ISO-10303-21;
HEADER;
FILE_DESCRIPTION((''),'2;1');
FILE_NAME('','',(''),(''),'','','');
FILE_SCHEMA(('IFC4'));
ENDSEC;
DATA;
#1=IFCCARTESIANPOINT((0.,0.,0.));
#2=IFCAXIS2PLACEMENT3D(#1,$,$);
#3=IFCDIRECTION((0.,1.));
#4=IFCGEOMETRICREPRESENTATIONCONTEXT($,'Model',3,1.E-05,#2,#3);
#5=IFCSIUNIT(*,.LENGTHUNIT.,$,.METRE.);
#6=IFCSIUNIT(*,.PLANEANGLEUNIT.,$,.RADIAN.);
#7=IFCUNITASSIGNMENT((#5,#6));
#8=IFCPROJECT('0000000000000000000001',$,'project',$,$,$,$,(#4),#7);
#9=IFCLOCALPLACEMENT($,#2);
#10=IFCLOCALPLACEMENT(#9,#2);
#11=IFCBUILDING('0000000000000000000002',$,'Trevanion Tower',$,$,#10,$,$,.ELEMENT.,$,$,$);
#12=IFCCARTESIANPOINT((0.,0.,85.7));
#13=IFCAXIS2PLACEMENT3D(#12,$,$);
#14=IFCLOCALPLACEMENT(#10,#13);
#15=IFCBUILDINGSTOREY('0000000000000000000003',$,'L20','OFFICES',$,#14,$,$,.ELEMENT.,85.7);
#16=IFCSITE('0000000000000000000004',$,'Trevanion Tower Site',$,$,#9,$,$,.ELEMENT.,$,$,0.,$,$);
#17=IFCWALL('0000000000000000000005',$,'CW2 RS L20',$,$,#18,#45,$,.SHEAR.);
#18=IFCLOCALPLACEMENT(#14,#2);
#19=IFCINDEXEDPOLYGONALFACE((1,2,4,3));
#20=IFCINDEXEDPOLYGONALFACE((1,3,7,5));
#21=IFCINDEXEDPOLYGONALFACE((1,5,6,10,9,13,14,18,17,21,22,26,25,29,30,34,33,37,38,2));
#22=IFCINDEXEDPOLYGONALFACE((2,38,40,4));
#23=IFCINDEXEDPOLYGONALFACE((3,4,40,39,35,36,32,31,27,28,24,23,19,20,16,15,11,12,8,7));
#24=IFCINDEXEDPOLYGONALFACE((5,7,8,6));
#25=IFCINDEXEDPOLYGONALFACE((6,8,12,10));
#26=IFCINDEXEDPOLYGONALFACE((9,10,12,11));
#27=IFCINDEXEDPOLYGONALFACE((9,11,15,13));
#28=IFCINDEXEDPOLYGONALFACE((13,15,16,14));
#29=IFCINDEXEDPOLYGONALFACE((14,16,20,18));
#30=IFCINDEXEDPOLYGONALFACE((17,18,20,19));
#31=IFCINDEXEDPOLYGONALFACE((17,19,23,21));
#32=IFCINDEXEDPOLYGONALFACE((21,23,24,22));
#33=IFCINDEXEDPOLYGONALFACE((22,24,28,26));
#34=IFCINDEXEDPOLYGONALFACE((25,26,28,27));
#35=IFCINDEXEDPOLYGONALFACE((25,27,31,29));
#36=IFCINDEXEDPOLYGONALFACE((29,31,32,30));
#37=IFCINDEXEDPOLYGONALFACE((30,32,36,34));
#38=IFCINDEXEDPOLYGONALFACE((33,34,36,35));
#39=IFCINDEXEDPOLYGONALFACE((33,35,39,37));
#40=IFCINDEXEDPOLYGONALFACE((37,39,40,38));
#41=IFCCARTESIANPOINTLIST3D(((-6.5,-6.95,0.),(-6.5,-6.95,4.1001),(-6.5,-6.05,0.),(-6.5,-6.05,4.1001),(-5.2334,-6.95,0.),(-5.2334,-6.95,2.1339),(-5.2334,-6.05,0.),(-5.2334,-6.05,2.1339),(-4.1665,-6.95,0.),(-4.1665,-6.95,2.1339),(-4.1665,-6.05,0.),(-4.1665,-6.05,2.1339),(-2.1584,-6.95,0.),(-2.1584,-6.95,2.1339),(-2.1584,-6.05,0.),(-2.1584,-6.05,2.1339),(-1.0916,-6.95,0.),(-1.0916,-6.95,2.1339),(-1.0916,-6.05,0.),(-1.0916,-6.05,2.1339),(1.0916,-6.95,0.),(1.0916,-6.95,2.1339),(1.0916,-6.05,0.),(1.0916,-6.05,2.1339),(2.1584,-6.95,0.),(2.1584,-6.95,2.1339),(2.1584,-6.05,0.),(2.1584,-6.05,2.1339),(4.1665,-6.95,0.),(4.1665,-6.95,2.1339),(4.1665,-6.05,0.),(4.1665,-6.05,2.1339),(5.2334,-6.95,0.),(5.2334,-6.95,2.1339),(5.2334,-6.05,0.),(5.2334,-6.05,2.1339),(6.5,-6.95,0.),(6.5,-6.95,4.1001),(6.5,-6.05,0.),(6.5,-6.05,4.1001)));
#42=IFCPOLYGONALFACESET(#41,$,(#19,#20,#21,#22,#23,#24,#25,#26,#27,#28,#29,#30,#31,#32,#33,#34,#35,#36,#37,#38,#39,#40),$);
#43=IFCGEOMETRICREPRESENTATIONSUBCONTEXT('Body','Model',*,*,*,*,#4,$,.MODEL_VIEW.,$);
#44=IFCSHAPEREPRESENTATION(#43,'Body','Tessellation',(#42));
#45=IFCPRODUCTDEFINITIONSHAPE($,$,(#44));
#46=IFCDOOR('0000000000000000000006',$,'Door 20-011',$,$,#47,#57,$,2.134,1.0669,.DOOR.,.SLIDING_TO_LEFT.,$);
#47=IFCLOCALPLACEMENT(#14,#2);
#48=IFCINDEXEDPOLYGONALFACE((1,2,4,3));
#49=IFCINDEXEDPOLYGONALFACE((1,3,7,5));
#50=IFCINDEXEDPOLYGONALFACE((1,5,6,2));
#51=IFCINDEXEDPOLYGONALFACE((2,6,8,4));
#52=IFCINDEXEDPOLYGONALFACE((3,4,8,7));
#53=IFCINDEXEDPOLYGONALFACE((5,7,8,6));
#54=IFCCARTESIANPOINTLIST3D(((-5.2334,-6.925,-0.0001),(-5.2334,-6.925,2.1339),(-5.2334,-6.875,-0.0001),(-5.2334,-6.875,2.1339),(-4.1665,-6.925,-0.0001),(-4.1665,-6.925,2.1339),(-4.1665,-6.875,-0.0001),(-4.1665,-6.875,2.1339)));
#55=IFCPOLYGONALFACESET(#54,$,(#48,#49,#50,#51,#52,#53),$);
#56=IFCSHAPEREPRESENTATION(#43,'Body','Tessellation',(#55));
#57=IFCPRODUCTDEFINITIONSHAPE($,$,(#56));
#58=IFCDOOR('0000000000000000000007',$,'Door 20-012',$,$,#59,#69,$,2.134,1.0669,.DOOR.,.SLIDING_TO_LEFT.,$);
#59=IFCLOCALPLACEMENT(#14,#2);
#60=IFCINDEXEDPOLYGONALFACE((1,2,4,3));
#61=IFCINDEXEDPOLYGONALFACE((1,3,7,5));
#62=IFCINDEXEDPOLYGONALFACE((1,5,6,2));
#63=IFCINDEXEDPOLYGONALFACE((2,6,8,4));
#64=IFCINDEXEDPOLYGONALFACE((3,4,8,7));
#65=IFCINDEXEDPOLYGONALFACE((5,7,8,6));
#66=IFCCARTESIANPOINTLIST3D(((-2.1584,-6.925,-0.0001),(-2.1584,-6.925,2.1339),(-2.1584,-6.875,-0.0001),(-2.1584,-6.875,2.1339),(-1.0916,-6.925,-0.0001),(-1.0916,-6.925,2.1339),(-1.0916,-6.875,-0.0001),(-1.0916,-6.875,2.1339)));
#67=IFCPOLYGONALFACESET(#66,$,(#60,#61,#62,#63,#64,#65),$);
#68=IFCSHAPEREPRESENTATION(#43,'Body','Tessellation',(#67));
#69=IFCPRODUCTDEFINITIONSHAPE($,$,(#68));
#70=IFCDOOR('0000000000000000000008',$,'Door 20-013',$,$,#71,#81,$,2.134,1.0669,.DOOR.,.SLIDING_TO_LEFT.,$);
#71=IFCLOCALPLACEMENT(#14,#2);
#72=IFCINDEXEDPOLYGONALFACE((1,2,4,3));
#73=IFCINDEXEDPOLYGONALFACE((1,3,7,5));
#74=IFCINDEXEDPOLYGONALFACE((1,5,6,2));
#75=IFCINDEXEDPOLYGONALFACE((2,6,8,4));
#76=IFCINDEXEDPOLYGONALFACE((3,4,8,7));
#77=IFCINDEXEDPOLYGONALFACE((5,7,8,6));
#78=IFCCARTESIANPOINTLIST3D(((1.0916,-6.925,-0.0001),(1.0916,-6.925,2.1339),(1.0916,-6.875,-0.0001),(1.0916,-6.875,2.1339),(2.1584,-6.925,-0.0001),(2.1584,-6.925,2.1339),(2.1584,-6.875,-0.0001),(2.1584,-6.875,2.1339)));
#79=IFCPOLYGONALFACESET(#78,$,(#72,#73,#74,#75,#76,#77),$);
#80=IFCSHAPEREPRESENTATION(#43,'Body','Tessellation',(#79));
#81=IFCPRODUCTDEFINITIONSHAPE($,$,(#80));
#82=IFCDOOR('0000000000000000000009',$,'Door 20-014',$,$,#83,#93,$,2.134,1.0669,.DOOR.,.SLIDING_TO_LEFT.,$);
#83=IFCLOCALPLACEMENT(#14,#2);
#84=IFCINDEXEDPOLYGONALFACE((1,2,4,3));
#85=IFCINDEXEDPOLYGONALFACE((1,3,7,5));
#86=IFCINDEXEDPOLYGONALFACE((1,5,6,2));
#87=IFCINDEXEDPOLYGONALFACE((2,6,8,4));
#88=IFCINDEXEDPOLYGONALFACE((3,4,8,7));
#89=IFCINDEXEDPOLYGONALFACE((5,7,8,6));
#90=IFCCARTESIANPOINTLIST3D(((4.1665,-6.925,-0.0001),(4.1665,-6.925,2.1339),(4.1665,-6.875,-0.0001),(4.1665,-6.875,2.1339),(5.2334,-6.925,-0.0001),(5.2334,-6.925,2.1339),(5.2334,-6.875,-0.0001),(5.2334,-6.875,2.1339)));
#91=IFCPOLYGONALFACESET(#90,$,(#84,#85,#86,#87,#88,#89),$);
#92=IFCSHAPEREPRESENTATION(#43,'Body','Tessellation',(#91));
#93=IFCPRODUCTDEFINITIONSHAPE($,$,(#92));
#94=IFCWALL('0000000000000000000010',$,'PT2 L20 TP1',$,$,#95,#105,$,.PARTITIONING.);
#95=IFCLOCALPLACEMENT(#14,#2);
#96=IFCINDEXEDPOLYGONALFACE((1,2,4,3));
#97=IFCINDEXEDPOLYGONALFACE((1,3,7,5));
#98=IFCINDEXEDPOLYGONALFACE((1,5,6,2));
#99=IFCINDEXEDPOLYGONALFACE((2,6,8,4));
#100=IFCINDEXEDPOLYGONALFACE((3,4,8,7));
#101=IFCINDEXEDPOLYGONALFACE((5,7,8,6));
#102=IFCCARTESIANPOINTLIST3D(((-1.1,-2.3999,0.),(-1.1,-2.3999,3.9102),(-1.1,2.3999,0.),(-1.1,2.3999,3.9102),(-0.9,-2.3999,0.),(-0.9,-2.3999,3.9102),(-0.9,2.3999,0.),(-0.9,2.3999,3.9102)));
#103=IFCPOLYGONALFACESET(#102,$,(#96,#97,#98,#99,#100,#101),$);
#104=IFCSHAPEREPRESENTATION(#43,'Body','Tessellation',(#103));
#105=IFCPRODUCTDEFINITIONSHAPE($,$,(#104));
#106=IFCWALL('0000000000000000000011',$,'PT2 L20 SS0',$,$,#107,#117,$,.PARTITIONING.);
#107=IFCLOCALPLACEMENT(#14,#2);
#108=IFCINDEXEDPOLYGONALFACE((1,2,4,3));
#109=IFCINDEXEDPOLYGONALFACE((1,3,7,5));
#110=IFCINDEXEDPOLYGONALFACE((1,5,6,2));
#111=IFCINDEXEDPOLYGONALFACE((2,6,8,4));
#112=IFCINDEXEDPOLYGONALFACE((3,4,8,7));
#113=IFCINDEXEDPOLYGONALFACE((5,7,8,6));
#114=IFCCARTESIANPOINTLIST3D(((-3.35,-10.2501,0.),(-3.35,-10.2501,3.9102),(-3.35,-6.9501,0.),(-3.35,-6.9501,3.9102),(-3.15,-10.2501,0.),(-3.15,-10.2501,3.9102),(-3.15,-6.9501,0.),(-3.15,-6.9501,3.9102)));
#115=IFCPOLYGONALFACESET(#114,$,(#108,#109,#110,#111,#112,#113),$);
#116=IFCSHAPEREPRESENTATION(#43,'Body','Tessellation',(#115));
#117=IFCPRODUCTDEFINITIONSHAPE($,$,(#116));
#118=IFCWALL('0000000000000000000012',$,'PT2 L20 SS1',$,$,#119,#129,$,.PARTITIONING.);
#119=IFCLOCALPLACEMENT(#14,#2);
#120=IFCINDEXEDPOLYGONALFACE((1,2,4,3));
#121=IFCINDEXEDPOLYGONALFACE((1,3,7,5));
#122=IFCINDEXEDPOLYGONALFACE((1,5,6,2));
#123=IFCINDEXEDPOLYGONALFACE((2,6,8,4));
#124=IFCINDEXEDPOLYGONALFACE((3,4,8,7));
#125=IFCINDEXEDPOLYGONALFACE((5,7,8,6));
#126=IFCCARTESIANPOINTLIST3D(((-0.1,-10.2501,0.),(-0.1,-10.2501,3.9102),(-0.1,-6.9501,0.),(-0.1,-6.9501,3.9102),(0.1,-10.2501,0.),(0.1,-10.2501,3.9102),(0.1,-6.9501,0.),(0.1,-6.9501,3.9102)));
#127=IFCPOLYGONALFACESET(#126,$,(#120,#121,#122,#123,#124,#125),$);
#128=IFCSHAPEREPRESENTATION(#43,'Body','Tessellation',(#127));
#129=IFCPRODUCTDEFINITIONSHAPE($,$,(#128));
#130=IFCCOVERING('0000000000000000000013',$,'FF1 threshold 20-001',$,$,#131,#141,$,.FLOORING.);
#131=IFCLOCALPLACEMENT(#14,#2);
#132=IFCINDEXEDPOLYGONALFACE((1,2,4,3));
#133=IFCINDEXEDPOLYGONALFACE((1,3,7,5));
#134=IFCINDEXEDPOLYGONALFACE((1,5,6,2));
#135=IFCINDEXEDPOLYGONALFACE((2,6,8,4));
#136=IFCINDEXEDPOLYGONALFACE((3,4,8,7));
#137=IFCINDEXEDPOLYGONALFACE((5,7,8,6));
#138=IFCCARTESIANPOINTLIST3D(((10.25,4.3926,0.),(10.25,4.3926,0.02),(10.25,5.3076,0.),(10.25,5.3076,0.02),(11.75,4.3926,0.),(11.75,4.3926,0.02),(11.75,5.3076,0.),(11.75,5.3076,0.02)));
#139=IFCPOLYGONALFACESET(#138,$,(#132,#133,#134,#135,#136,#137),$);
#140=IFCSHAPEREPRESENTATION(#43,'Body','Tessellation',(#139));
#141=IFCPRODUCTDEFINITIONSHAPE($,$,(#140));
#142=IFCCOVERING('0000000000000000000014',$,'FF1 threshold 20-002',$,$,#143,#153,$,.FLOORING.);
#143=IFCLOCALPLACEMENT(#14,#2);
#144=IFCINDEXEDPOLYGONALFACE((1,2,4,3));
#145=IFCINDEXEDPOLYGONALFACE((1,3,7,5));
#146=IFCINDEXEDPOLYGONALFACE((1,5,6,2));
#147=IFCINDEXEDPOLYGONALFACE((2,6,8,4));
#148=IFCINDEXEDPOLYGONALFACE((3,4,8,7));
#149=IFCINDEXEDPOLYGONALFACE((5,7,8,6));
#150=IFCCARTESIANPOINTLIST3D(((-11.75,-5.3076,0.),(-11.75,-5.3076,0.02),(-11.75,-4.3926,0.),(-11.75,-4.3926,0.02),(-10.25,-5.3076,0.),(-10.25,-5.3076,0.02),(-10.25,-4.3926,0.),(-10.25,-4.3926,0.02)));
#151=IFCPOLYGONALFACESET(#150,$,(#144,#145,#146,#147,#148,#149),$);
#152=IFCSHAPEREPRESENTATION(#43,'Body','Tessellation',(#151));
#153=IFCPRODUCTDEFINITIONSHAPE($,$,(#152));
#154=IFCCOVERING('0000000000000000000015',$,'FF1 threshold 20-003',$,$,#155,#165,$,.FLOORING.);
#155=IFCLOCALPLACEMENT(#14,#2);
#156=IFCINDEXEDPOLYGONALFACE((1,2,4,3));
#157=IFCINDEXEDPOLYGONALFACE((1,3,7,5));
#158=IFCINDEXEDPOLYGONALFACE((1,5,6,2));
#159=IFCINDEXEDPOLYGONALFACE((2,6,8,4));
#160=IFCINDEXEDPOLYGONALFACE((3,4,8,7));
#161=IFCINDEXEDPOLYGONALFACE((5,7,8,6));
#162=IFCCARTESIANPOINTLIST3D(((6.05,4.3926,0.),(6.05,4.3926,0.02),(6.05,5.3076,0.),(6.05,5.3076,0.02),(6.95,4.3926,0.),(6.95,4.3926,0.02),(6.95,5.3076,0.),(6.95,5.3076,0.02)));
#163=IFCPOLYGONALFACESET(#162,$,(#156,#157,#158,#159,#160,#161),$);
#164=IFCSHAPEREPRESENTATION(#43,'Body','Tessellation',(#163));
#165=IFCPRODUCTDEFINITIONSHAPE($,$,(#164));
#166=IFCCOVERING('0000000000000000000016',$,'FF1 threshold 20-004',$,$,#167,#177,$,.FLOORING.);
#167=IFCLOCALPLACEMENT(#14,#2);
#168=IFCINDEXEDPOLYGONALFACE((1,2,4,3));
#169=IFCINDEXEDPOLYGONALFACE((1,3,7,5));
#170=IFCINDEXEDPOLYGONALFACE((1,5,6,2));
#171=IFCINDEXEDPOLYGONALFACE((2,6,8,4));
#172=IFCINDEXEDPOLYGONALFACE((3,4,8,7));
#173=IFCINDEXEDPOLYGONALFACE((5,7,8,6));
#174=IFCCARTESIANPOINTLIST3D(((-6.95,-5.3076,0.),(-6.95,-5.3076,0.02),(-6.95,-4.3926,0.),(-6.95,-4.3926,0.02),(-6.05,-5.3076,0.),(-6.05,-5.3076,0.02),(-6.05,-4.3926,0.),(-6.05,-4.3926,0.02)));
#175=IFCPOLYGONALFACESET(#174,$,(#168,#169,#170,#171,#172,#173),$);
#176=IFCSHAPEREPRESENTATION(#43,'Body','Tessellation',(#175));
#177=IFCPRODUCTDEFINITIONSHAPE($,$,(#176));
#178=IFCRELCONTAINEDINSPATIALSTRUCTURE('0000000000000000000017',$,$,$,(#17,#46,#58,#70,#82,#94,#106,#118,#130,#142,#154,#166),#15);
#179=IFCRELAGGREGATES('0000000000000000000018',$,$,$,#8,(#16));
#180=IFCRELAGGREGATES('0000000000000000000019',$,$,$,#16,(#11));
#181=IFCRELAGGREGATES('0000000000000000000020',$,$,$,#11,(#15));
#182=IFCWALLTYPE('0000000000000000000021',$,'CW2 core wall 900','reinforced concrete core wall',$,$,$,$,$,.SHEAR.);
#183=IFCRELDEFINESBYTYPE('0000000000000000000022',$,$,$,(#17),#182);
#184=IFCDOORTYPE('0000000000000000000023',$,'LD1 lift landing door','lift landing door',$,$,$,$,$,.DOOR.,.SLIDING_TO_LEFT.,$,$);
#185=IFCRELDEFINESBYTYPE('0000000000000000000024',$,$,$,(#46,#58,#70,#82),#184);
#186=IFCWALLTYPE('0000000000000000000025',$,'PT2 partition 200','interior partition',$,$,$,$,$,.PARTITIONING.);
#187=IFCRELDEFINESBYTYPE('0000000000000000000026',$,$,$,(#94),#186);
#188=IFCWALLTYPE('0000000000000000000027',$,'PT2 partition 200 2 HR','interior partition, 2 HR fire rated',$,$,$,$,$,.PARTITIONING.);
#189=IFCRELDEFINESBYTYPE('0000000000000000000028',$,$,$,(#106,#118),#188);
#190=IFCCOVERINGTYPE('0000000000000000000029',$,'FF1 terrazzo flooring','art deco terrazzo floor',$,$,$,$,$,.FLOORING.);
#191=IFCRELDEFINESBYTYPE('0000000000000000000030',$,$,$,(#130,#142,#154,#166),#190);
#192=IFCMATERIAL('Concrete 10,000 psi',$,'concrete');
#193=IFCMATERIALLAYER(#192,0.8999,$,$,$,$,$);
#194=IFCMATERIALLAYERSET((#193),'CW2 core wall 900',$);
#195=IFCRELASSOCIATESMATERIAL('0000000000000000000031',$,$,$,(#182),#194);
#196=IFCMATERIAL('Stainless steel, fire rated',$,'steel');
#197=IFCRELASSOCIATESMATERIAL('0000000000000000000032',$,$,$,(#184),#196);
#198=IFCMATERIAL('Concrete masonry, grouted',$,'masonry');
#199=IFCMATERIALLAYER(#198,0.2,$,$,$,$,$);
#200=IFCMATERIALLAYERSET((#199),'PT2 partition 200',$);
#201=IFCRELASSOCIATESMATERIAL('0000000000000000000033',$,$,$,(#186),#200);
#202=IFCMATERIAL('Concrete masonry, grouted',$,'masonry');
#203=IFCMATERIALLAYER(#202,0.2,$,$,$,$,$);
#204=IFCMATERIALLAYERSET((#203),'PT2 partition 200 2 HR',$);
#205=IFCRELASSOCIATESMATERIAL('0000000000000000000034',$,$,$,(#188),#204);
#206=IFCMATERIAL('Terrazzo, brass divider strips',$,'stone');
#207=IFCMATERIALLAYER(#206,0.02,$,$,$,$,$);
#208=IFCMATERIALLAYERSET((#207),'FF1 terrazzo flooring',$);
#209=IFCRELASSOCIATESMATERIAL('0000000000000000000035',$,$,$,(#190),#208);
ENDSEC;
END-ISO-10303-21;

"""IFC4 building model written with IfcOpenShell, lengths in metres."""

from ifc_helpers import new_model, si_unit, direction, frame, frame_2d, origin, place, context, subcontext, project, spatial, polyline, rectangle, outline, extrude, material, layer, layer_set, type_object, element, fill, save


model = new_model("IFC4")

# Units and contexts
model_context = context("Model", 3, precision=1e-05, world=origin(), true_north=direction((0.0, 1.0)))
body_context = subcontext(model_context, "Body", "Model", "MODEL_VIEW")
ifc_project = project(units=[si_unit("LENGTHUNIT", "METRE"), si_unit("PLANEANGLEUNIT", "RADIAN")], contexts=[model_context])

# Site, building, storey
site_placement = place(None, origin())
site = spatial("IfcSite", under=ifc_project, at=site_placement, Name="Trevanion Tower Site", CompositionType="ELEMENT", RefElevation=0.0)
building_placement = place(site_placement, origin())
building = spatial("IfcBuilding", under=site, at=building_placement, Name="Trevanion Tower", CompositionType="ELEMENT")
storey_placement = place(building_placement, frame((0.0, 0.0, 85.7)))
storey = spatial("IfcBuildingStorey", under=building, at=storey_placement, Name="L20", Description="OFFICES", CompositionType="ELEMENT", Elevation=85.7)

# Wall, openings, doors
ifc_material_1 = material(Name="Concrete 10,000 psi", Category="concrete")
ifc_layer_1 = layer(ifc_material_1, 0.8999)
ifc_layer_set_1 = layer_set([ifc_layer_1], Name="CW2 core wall 900")
wall_type_1 = type_object("IfcWallType", Name="CW2 core wall 900", Description="reinforced concrete core wall", PredefinedType="SHEAR", material=ifc_layer_set_1)
wall_1_placement = place(storey_placement, frame((-6.5, -6.5, 0.0), z_axis=(0.0, 0.0, 1.0), x_axis=(1.0, 0.0, 0.0)))
wall_1 = element("IfcWall", 1, at=wall_1_placement, inside=storey, type_object=wall_type_1, Name="CW2 RS L20", PredefinedType="SHEAR", context=body_context, shape_type="SweptSolid", body=[
    extrude(rectangle(XDim=13.0, YDim=0.8999, at=frame_2d((6.5, 0.0))), origin(), (0.0, 0.0, 1.0), 4.1001),
])
opening_1_placement = place(wall_1_placement, frame((1.2666, 0.0, 0.0)))
opening_1 = element("IfcOpeningElement", 2, at=opening_1_placement, cuts=wall_1, PredefinedType="OPENING", context=body_context, shape_type="SweptSolid", body=[
    extrude(rectangle(XDim=1.0669, YDim=2.134, at=frame_2d((0.5334, 1.0669))), frame((0.0, 0.46, 0.0), z_axis=(0.0, -1.0, 0.0), x_axis=(1.0, 0.0, 0.0)), (0.0, 0.0, 1.0), 0.9199),
])
opening_2_placement = place(wall_1_placement, frame((4.3416, 0.0, 0.0)))
opening_2 = element("IfcOpeningElement", 3, at=opening_2_placement, cuts=wall_1, PredefinedType="OPENING", context=body_context, shape_type="SweptSolid", body=[
    extrude(rectangle(XDim=1.0669, YDim=2.134, at=frame_2d((0.5334, 1.0669))), frame((0.0, 0.46, 0.0), z_axis=(0.0, -1.0, 0.0), x_axis=(1.0, 0.0, 0.0)), (0.0, 0.0, 1.0), 0.9199),
])
opening_3_placement = place(wall_1_placement, frame((7.5916, 0.0, 0.0)))
opening_3 = element("IfcOpeningElement", 4, at=opening_3_placement, cuts=wall_1, PredefinedType="OPENING", context=body_context, shape_type="SweptSolid", body=[
    extrude(rectangle(XDim=1.0669, YDim=2.134, at=frame_2d((0.5334, 1.0669))), frame((0.0, 0.46, 0.0), z_axis=(0.0, -1.0, 0.0), x_axis=(1.0, 0.0, 0.0)), (0.0, 0.0, 1.0), 0.9199),
])
opening_4_placement = place(wall_1_placement, frame((10.6665, 0.0, 0.0)))
opening_4 = element("IfcOpeningElement", 5, at=opening_4_placement, cuts=wall_1, PredefinedType="OPENING", context=body_context, shape_type="SweptSolid", body=[
    extrude(rectangle(XDim=1.0669, YDim=2.134, at=frame_2d((0.5334, 1.0669))), frame((0.0, 0.46, 0.0), z_axis=(0.0, -1.0, 0.0), x_axis=(1.0, 0.0, 0.0)), (0.0, 0.0, 1.0), 0.9199),
])
ifc_material_2 = material(Name="Stainless steel, fire rated", Category="steel")
door_type = type_object("IfcDoorType", Name="LD1 lift landing door", Description="lift landing door", OperationType="SLIDING_TO_LEFT", PredefinedType="DOOR", material=ifc_material_2)
door_1_placement = place(opening_1_placement, origin())
door_1 = element("IfcDoor", 6, at=door_1_placement, inside=storey, type_object=door_type, Name="Door 20-011", OperationType="SLIDING_TO_LEFT", OverallHeight=2.134, OverallWidth=1.0669, PredefinedType="DOOR", context=body_context, shape_type="SweptSolid", body=[
    extrude(rectangle(XDim=1.0669, YDim=2.134, at=frame_2d((0.5334, 1.0669))), frame((0.0, -0.375, 0.0), z_axis=(0.0, -1.0, 0.0), x_axis=(1.0, 0.0, 0.0)), (0.0, 0.0, 1.0), 0.05),
])
fill(opening_1, door_1)
door_2_placement = place(opening_2_placement, origin())
door_2 = element("IfcDoor", 7, at=door_2_placement, inside=storey, type_object=door_type, Name="Door 20-012", OperationType="SLIDING_TO_LEFT", OverallHeight=2.134, OverallWidth=1.0669, PredefinedType="DOOR", context=body_context, shape_type="SweptSolid", body=[
    extrude(rectangle(XDim=1.0669, YDim=2.134, at=frame_2d((0.5334, 1.0669))), frame((0.0, -0.375, 0.0), z_axis=(0.0, -1.0, 0.0), x_axis=(1.0, 0.0, 0.0)), (0.0, 0.0, 1.0), 0.05),
])
fill(opening_2, door_2)
door_3_placement = place(opening_3_placement, origin())
door_3 = element("IfcDoor", 8, at=door_3_placement, inside=storey, type_object=door_type, Name="Door 20-013", OperationType="SLIDING_TO_LEFT", OverallHeight=2.134, OverallWidth=1.0669, PredefinedType="DOOR", context=body_context, shape_type="SweptSolid", body=[
    extrude(rectangle(XDim=1.0669, YDim=2.134, at=frame_2d((0.5334, 1.0669))), frame((0.0, -0.375, 0.0), z_axis=(0.0, -1.0, 0.0), x_axis=(1.0, 0.0, 0.0)), (0.0, 0.0, 1.0), 0.05),
])
fill(opening_3, door_3)
door_4_placement = place(opening_4_placement, origin())
door_4 = element("IfcDoor", 9, at=door_4_placement, inside=storey, type_object=door_type, Name="Door 20-014", OperationType="SLIDING_TO_LEFT", OverallHeight=2.134, OverallWidth=1.0669, PredefinedType="DOOR", context=body_context, shape_type="SweptSolid", body=[
    extrude(rectangle(XDim=1.0669, YDim=2.134, at=frame_2d((0.5334, 1.0669))), frame((0.0, -0.375, 0.0), z_axis=(0.0, -1.0, 0.0), x_axis=(1.0, 0.0, 0.0)), (0.0, 0.0, 1.0), 0.05),
])
fill(opening_4, door_4)

# Walls
ifc_material_3 = material(Name="Concrete masonry, grouted", Category="masonry")
ifc_layer_2 = layer(ifc_material_3, 0.2)
ifc_layer_set_2 = layer_set([ifc_layer_2], Name="PT2 partition 200")
wall_type_2 = type_object("IfcWallType", Name="PT2 partition 200", Description="interior partition", PredefinedType="PARTITIONING", material=ifc_layer_set_2)
wall_2_placement = place(storey_placement, frame((-1.0, -2.3999, 0.0), z_axis=(0.0, 0.0, 1.0), x_axis=(0.0, 1.0, 0.0)))
element("IfcWall", 10, at=wall_2_placement, inside=storey, type_object=wall_type_2, Name="PT2 L20 TP1", PredefinedType="PARTITIONING", context=body_context, shape_type="SweptSolid", body=[
    extrude(rectangle(XDim=4.7998, YDim=0.2, at=frame_2d((2.3999, 0.0))), origin(), (0.0, 0.0, 1.0), 3.9102),
])
ifc_material_4 = material(Name="Concrete masonry, grouted", Category="masonry")
ifc_layer_3 = layer(ifc_material_4, 0.2)
ifc_layer_set_3 = layer_set([ifc_layer_3], Name="PT2 partition 200 2 HR")
wall_type_3 = type_object("IfcWallType", Name="PT2 partition 200 2 HR", Description="interior partition, 2 HR fire rated", PredefinedType="PARTITIONING", material=ifc_layer_set_3)
for number, where, z_axis, x_axis, name in (
    (11, (-3.25, -10.25, 0.0), (0.0, 0.0, 1.0), (0.0, 1.0, 0.0), "PT2 L20 SS0"),
    (12, (0.0, -10.25, 0.0), (0.0, 0.0, 1.0), (0.0, 1.0, 0.0), "PT2 L20 SS1"),
):
    element("IfcWall", number, at=place(storey_placement, frame(where, z_axis=z_axis, x_axis=x_axis)), inside=storey, type_object=wall_type_3, Name=name, PredefinedType="PARTITIONING", context=body_context, shape_type="SweptSolid", body=[
        extrude(rectangle(XDim=3.3, YDim=0.2, at=frame_2d((1.6499, 0.0))), origin(), (0.0, 0.0, 1.0), 3.9102),
    ])

# Coverings
ifc_material_5 = material(Name="Terrazzo, brass divider strips", Category="stone")
ifc_layer_4 = layer(ifc_material_5, 0.02)
ifc_layer_set_4 = layer_set([ifc_layer_4], Name="FF1 terrazzo flooring")
covering_type = type_object("IfcCoveringType", Name="FF1 terrazzo flooring", Description="art deco terrazzo floor", PredefinedType="FLOORING", material=ifc_layer_set_4)
covering_1_placement = place(storey_placement, origin())
element("IfcCovering", 13, at=covering_1_placement, inside=storey, type_object=covering_type, Name="FF1 threshold 20-001", PredefinedType="FLOORING", context=body_context, shape_type="SweptSolid", body=[
    extrude(outline(polyline([(11.75, 4.3926), (11.75, 5.3076), (10.25, 5.3076), (10.25, 4.3926), (11.75, 4.3926)])), origin(), (0.0, 0.0, 1.0), 0.02),
])
covering_2_placement = place(storey_placement, origin())
element("IfcCovering", 14, at=covering_2_placement, inside=storey, type_object=covering_type, Name="FF1 threshold 20-002", PredefinedType="FLOORING", context=body_context, shape_type="SweptSolid", body=[
    extrude(outline(polyline([(-11.75, -4.3926), (-11.75, -5.3076), (-10.25, -5.3076), (-10.25, -4.3926), (-11.75, -4.3926)])), origin(), (0.0, 0.0, 1.0), 0.02),
])
covering_3_placement = place(storey_placement, origin())
element("IfcCovering", 15, at=covering_3_placement, inside=storey, type_object=covering_type, Name="FF1 threshold 20-003", PredefinedType="FLOORING", context=body_context, shape_type="SweptSolid", body=[
    extrude(outline(polyline([(6.95, 4.3926), (6.95, 5.3076), (6.05, 5.3076), (6.05, 4.3926), (6.95, 4.3926)])), origin(), (0.0, 0.0, 1.0), 0.02),
])
covering_4_placement = place(storey_placement, origin())
element("IfcCovering", 16, at=covering_4_placement, inside=storey, type_object=covering_type, Name="FF1 threshold 20-004", PredefinedType="FLOORING", context=body_context, shape_type="SweptSolid", body=[
    extrude(outline(polyline([(-6.95, -4.3926), (-6.95, -5.3076), (-6.05, -5.3076), (-6.05, -4.3926), (-6.95, -4.3926)])), origin(), (0.0, 0.0, 1.0), 0.02),
])

save(model, "model.ifc")
